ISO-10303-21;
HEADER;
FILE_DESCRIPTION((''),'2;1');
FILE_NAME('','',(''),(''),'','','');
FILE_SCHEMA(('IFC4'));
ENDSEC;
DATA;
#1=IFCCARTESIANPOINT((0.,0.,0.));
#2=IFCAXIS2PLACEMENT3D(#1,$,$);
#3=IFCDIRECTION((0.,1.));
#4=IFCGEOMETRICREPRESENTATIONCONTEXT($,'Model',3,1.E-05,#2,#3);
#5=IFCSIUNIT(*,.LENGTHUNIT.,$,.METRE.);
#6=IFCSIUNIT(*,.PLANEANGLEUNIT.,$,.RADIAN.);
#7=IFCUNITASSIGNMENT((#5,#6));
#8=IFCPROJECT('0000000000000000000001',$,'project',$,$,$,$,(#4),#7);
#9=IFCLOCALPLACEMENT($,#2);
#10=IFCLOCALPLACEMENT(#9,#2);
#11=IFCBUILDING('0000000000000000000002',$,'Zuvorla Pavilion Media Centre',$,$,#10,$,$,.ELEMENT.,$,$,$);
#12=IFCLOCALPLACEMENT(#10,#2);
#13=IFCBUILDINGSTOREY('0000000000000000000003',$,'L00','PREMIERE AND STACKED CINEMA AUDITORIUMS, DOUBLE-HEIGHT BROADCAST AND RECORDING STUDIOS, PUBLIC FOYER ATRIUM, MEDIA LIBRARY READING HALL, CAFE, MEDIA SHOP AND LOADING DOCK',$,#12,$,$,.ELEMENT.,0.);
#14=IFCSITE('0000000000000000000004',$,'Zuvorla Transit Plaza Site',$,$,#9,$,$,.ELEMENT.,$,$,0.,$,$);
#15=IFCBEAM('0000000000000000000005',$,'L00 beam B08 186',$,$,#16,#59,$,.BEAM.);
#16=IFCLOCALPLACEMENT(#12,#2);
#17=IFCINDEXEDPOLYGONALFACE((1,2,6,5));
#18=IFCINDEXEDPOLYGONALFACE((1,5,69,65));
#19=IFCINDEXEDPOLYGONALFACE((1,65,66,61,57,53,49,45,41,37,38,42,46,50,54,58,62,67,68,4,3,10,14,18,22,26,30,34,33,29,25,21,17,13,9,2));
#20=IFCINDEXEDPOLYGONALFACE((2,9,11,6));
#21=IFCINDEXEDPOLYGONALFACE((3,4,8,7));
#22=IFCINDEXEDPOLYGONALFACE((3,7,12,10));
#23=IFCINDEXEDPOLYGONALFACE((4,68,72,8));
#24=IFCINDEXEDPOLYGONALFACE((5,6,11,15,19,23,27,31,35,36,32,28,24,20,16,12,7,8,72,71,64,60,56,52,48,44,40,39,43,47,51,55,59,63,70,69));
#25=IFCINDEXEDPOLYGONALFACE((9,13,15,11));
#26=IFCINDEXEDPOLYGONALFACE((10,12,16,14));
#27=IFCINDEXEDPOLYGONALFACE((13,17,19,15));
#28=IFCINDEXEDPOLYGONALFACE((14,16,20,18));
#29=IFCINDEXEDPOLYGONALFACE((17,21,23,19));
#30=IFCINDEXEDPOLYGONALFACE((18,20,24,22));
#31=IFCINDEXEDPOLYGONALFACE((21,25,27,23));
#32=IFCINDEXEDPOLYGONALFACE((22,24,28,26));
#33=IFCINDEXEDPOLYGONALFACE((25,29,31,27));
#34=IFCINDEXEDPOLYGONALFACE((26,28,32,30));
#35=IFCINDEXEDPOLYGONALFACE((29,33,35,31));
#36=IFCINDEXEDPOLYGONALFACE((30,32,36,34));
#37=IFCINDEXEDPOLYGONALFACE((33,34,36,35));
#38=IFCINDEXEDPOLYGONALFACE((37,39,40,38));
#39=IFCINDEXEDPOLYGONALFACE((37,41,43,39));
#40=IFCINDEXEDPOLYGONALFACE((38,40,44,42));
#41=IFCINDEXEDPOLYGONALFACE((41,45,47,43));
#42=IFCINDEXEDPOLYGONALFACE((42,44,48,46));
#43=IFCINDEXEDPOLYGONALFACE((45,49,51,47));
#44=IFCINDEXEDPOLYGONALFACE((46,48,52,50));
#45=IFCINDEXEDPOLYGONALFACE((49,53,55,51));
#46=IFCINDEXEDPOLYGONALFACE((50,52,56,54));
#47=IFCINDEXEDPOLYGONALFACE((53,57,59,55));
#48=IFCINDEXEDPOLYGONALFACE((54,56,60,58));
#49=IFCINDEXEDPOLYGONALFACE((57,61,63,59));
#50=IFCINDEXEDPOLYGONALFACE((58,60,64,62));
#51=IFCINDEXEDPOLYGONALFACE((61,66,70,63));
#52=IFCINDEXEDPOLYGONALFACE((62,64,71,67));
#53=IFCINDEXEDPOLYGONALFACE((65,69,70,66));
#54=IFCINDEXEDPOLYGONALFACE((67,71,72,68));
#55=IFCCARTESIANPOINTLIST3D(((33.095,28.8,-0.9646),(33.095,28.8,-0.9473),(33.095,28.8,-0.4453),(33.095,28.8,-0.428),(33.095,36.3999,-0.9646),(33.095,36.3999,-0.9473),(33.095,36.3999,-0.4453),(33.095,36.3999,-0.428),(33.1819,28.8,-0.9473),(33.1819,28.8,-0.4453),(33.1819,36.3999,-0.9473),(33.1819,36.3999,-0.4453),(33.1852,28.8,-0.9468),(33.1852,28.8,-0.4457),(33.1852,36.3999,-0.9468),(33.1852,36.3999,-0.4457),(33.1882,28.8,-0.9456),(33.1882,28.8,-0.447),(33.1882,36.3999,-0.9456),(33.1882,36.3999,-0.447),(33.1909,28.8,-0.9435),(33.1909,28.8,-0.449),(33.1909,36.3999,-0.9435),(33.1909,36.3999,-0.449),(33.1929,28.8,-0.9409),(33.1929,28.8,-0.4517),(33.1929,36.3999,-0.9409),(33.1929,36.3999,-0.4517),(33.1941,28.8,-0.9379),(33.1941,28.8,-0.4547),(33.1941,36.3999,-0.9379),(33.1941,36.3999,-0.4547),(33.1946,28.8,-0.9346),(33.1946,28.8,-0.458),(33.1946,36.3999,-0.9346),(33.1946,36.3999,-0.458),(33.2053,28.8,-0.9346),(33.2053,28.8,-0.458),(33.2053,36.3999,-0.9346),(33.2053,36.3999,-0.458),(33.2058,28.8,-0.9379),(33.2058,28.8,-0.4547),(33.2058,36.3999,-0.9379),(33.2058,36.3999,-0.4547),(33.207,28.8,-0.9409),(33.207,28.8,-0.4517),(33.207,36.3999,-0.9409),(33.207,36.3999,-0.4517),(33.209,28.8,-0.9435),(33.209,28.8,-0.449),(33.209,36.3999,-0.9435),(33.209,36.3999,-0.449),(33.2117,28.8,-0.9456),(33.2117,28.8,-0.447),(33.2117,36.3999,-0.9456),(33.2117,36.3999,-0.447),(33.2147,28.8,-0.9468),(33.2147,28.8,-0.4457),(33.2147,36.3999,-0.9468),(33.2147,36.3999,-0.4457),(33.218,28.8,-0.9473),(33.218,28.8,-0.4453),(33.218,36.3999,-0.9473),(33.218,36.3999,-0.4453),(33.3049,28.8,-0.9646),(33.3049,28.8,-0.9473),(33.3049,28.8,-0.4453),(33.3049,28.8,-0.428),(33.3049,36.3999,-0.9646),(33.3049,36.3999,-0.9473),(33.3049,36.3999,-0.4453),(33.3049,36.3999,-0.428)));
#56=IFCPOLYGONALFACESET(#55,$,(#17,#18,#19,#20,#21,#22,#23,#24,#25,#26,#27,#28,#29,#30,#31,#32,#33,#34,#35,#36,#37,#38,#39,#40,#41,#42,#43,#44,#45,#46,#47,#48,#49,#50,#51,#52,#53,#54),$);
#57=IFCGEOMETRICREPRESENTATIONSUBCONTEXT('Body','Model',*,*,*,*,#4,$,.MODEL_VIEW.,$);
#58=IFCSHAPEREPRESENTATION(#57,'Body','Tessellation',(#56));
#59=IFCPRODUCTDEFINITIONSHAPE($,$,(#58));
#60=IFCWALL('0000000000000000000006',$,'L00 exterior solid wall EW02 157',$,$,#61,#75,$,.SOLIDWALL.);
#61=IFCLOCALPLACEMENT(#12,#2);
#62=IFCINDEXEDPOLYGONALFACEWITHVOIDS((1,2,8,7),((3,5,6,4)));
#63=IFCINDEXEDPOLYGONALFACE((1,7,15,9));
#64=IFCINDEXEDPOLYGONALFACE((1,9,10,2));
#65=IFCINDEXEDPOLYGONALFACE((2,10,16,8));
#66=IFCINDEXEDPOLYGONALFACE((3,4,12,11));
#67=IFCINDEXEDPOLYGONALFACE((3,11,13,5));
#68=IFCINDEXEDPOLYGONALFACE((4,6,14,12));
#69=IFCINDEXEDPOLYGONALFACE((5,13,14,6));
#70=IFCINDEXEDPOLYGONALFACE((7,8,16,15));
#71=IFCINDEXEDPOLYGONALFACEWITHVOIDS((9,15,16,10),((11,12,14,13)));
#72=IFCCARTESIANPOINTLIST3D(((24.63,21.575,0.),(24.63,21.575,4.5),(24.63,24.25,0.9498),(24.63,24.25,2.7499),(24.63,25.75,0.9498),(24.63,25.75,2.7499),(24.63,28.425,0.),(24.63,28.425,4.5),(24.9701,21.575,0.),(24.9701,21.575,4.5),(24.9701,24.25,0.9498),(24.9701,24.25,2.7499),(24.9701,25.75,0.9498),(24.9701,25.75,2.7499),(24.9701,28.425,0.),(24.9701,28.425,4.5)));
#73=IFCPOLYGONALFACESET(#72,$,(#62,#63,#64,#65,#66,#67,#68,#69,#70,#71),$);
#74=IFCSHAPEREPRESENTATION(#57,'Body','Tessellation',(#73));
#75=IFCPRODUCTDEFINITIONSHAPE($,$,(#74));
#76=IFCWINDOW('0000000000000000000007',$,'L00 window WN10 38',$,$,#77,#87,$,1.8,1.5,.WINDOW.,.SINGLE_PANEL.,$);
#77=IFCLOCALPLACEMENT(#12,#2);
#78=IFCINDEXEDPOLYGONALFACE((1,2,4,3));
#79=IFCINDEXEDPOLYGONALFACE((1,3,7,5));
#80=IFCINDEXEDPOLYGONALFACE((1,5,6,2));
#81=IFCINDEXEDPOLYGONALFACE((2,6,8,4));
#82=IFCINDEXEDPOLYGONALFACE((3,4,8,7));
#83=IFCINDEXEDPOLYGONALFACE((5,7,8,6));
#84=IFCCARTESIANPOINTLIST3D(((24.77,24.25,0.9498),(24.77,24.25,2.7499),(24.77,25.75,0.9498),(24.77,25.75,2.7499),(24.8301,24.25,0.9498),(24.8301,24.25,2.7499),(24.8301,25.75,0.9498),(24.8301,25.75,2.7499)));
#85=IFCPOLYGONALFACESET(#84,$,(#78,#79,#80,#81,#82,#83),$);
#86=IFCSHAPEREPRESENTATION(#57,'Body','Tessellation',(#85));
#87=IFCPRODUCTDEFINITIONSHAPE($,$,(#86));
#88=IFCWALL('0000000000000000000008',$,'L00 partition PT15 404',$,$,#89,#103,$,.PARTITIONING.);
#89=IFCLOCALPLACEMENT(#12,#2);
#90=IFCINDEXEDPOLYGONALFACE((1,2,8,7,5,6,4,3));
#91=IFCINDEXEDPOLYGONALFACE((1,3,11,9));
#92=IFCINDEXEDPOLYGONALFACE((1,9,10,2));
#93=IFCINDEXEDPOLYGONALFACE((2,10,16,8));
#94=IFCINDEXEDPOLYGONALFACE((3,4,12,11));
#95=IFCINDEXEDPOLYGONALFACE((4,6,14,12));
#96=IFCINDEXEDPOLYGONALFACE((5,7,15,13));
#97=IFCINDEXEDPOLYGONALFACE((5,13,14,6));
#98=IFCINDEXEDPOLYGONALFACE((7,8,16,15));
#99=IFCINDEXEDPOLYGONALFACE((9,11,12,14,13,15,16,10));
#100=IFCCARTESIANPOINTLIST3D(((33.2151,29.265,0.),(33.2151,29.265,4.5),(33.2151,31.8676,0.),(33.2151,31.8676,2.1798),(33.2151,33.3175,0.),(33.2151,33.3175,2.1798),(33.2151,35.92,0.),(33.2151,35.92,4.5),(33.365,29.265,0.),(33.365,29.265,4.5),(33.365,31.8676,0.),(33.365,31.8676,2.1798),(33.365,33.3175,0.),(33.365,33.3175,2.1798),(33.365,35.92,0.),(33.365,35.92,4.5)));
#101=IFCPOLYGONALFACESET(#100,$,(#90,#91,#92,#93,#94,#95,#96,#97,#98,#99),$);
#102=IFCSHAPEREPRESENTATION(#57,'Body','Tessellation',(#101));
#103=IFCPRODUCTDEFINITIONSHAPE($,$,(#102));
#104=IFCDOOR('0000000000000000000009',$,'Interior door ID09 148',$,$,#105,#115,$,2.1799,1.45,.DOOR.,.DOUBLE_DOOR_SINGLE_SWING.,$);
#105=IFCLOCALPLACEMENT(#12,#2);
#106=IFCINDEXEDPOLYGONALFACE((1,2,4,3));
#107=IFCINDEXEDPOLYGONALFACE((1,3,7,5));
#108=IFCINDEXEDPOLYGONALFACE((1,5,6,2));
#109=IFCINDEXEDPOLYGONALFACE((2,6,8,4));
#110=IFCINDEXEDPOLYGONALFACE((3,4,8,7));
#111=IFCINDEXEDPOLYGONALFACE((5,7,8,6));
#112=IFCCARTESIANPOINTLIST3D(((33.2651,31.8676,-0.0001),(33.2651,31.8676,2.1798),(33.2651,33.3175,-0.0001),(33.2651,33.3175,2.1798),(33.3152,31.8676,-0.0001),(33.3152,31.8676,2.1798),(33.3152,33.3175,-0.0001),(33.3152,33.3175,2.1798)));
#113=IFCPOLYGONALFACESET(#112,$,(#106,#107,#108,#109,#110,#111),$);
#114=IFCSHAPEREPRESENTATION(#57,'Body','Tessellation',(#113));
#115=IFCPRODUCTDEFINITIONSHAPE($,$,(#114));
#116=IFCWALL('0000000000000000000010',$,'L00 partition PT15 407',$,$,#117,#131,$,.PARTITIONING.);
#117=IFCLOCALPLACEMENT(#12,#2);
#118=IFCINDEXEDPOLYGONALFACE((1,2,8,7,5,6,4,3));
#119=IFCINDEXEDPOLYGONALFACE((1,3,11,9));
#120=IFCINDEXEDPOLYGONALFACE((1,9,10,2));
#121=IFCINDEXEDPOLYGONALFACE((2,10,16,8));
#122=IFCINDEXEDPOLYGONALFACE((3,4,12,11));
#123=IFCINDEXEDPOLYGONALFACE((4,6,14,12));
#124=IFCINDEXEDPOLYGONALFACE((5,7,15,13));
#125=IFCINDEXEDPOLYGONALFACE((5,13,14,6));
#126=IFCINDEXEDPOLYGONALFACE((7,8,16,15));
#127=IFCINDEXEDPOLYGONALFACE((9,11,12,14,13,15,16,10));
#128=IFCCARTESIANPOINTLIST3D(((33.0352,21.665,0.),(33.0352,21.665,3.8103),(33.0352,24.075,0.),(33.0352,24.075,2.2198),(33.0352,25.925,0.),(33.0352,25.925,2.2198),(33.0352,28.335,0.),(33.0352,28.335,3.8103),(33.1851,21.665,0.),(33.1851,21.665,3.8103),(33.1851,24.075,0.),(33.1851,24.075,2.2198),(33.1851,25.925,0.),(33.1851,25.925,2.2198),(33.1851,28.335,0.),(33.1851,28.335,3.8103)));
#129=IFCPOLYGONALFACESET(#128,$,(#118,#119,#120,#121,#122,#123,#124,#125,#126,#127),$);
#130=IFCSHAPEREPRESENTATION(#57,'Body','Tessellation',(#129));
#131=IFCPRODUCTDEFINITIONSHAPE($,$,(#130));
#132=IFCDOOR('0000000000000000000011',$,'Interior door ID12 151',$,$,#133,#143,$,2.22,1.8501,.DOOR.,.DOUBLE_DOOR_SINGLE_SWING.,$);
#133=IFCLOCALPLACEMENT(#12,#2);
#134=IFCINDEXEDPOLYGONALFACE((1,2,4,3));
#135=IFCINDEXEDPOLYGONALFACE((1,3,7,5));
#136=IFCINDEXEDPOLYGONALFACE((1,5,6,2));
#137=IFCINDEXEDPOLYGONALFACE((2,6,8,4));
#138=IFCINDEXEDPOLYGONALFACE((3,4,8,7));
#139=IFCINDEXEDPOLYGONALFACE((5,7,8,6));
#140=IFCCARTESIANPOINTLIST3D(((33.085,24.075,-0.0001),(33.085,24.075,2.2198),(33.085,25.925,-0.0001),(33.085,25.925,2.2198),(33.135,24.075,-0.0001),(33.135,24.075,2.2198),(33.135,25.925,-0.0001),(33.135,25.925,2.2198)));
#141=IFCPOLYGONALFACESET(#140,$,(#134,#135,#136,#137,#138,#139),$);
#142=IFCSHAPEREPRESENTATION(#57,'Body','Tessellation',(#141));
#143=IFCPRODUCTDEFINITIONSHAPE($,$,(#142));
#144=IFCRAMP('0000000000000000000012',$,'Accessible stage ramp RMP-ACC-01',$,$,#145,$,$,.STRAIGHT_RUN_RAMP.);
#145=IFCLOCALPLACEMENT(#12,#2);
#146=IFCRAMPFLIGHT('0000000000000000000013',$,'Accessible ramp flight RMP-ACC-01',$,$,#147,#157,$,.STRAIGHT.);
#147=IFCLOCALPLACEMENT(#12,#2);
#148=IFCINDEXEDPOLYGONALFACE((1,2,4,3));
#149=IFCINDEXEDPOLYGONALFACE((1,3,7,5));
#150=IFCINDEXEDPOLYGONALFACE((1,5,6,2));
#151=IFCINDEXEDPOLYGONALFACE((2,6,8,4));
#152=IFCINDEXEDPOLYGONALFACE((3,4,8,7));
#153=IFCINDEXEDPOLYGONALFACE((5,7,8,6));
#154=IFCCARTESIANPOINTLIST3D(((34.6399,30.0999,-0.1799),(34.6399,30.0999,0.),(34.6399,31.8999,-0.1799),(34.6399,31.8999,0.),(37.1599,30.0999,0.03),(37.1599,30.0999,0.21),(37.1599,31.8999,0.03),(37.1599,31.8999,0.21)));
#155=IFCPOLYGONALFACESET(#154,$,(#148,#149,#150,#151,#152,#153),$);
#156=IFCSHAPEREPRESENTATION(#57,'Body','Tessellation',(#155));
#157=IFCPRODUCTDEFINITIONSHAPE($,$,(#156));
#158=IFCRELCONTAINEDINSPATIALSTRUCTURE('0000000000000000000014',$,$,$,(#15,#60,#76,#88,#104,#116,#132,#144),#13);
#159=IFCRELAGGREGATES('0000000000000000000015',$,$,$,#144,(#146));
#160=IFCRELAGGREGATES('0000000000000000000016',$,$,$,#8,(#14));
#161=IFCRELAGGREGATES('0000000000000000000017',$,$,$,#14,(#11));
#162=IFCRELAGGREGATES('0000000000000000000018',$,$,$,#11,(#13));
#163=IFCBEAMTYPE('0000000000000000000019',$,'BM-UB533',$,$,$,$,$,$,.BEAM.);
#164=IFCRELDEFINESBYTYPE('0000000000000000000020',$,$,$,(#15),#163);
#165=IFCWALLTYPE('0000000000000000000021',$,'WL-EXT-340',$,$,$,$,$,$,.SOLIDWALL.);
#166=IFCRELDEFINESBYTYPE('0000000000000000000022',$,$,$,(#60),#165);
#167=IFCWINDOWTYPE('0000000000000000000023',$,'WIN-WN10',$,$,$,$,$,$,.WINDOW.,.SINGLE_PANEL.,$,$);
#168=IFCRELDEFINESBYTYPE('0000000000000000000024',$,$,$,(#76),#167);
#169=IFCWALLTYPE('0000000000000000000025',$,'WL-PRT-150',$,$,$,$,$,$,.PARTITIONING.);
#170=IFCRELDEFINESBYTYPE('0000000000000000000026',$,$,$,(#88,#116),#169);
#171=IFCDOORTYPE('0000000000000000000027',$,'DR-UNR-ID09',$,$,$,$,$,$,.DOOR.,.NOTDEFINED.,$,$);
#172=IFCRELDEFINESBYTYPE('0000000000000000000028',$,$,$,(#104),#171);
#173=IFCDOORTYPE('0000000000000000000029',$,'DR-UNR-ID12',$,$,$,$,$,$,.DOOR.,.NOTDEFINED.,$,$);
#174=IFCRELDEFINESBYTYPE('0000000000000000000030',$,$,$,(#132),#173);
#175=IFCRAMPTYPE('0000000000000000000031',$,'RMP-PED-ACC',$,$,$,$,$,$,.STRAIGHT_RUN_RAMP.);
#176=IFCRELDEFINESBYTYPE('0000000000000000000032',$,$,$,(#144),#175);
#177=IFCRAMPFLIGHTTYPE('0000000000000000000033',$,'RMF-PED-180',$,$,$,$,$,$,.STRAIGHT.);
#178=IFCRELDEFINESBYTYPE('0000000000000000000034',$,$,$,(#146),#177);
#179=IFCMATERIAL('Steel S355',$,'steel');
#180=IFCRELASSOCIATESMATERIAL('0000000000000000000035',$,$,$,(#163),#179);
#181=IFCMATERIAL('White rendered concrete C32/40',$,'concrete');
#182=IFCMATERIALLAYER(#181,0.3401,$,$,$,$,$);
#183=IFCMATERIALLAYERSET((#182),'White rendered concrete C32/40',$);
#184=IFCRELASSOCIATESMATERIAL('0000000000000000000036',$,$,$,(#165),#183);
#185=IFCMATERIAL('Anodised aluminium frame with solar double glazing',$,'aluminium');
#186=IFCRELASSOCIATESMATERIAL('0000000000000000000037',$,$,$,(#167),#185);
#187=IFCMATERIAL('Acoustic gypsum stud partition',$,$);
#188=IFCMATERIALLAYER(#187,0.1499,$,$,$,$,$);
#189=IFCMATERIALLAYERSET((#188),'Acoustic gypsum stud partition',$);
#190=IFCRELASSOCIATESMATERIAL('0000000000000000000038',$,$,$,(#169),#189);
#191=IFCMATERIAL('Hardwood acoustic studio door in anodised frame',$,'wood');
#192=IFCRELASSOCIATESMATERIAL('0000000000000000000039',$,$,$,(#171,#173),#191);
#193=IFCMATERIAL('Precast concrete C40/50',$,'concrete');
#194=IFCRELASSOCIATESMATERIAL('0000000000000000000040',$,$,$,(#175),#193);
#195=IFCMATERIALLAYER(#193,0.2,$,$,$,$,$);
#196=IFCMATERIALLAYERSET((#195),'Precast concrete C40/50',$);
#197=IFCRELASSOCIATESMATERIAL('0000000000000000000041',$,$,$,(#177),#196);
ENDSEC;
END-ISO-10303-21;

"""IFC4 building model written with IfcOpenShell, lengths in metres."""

from ifc_helpers import new_model, si_unit, direction, frame, frame_2d, origin, origin_2d, place, context, subcontext, project, spatial, polyline, rectangle, i_section, outline, extrude, material, layer, layer_set, material_profile, profile_set, type_object, element, fill, aggregate, save


model = new_model("IFC4")

# Units and contexts
model_context = context("Model", 3, precision=1e-05, world=origin(), true_north=direction((0.0, 1.0)))
body_context = subcontext(model_context, "Body", "Model", "MODEL_VIEW")
ifc_project = project(units=[si_unit("LENGTHUNIT", "METRE"), si_unit("PLANEANGLEUNIT", "RADIAN")], contexts=[model_context])

# Site, building, storey
site_placement = place(None, origin())
site = spatial("IfcSite", under=ifc_project, at=site_placement, Name="Zuvorla Transit Plaza Site", CompositionType="ELEMENT", RefElevation=0.0)
building_placement = place(site_placement, origin())
building = spatial("IfcBuilding", under=site, at=building_placement, Name="Zuvorla Pavilion Media Centre", CompositionType="ELEMENT")
storey_placement = place(building_placement, origin())
storey = spatial("IfcBuildingStorey", under=building, at=storey_placement, Name="L00", Description="PREMIERE AND STACKED CINEMA AUDITORIUMS, DOUBLE-HEIGHT BROADCAST AND RECORDING STUDIOS, PUBLIC FOYER ATRIUM, MEDIA LIBRARY READING HALL, CAFE, MEDIA SHOP AND LOADING DOCK", CompositionType="ELEMENT", Elevation=0.0)

# Beam
ifc_material_1 = material(Name="Steel S355", Category="steel")
ifc_material_profile_1 = material_profile(ifc_material_1, i_section(OverallWidth=0.21, OverallDepth=0.5366, WebThickness=0.0107, FlangeThickness=0.0173, FilletRadius=0.0127, at=origin_2d()), Name="UB 533x210x101")
ifc_profile_set_1 = profile_set([ifc_material_profile_1], Name="Steel S355")
beam_type_1 = type_object("IfcBeamType", Name="BM-UB533", PredefinedType="BEAM", material=ifc_profile_set_1)
for number, where, z_axis, x_axis, name in (
    (1, (33.2, 28.8, -0.6963), (0.0, 1.0, 0.0), (-1.0, 0.0, 0.0), "L00 beam B08 186"),
):
    element("IfcBeam", number, at=place(storey_placement, frame(where, z_axis=z_axis, x_axis=x_axis)), inside=storey, type_object=beam_type_1, Name=name, PredefinedType="BEAM", context=body_context, shape_type="SweptSolid", body=[
        extrude(i_section(OverallWidth=0.21, OverallDepth=0.5366, WebThickness=0.0107, FlangeThickness=0.0173, FilletRadius=0.0127, at=origin_2d()), origin(), (0.0, 0.0, 1.0), 7.5999),
    ])

# Shared definitions
ifc_material_2 = material(Name="White rendered concrete C32/40", Category="concrete")
ifc_layer_1 = layer(ifc_material_2, 0.3401)
ifc_layer_set_1 = layer_set([ifc_layer_1], Name="White rendered concrete C32/40")
wall_type_1 = type_object("IfcWallType", Name="WL-EXT-340", PredefinedType="SOLIDWALL", material=ifc_layer_set_1)

# Wall, opening, window
wall_1_placement = place(storey_placement, frame((24.8, 28.425, 0.0), z_axis=(0.0, 0.0, 1.0), x_axis=(0.0, -1.0, 0.0)))
wall_1 = element("IfcWall", 2, at=wall_1_placement, inside=storey, type_object=wall_type_1, Name="L00 exterior solid wall EW02 157", PredefinedType="SOLIDWALL", context=body_context, shape_type="SweptSolid", body=[
    extrude(rectangle(XDim=6.8501, YDim=0.3401, at=frame_2d((3.425, 0.0))), origin(), (0.0, 0.0, 1.0), 4.5),
])
opening_1_placement = place(wall_1_placement, frame((2.675, 0.0, 0.95)))
opening_1 = element("IfcOpeningElement", 3, at=opening_1_placement, cuts=wall_1, PredefinedType="OPENING", context=body_context, shape_type="SweptSolid", body=[
    extrude(rectangle(XDim=1.5, YDim=1.8, at=frame_2d((0.75, 0.8999))), frame((0.0, 0.1799, 0.0), z_axis=(0.0, -1.0, 0.0), x_axis=(1.0, 0.0, 0.0)), (0.0, 0.0, 1.0), 0.3601),
])
ifc_material_3 = material(Name="Anodised aluminium frame with solar double glazing", Category="aluminium")
window_type = type_object("IfcWindowType", Name="WIN-WN10", PartitioningType="SINGLE_PANEL", PredefinedType="WINDOW", material=ifc_material_3)
window_placement = place(opening_1_placement, origin())
window = element("IfcWindow", 4, at=window_placement, inside=storey, type_object=window_type, Name="L00 window WN10 38", OverallHeight=1.8, OverallWidth=1.5, PartitioningType="SINGLE_PANEL", PredefinedType="WINDOW", context=body_context, shape_type="SweptSolid", body=[
    extrude(rectangle(XDim=1.5, YDim=1.8, at=frame_2d((0.75, 0.8999))), frame((0.0, 0.03, 0.0), z_axis=(0.0, -1.0, 0.0), x_axis=(1.0, 0.0, 0.0)), (0.0, 0.0, 1.0), 0.0601),
])
fill(opening_1, window)

# Walls, openings, doors
ifc_material_4 = material(Name="Acoustic gypsum stud partition")
ifc_layer_2 = layer(ifc_material_4, 0.1499)
ifc_layer_set_2 = layer_set([ifc_layer_2], Name="Acoustic gypsum stud partition")
wall_type_2 = type_object("IfcWallType", Name="WL-PRT-150", PredefinedType="PARTITIONING", material=ifc_layer_set_2)
wall_2_placement = place(storey_placement, frame((33.29, 29.2649, 0.0), z_axis=(0.0, 0.0, 1.0), x_axis=(0.0, 1.0, 0.0)))
wall_2 = element("IfcWall", 5, at=wall_2_placement, inside=storey, type_object=wall_type_2, Name="L00 partition PT15 404", PredefinedType="PARTITIONING", context=body_context, shape_type="SweptSolid", body=[
    extrude(rectangle(XDim=6.655, YDim=0.1499, at=frame_2d((3.3276, 0.0))), origin(), (0.0, 0.0, 1.0), 4.5),
])
opening_2_placement = place(wall_2_placement, frame((2.6025, 0.0, 0.0)))
opening_2 = element("IfcOpeningElement", 6, at=opening_2_placement, cuts=wall_2, PredefinedType="OPENING", context=body_context, shape_type="SweptSolid", body=[
    extrude(rectangle(XDim=1.45, YDim=2.1799, at=frame_2d((0.7251, 1.0898))), frame((0.0, 0.085, 0.0), z_axis=(0.0, -1.0, 0.0), x_axis=(1.0, 0.0, 0.0)), (0.0, 0.0, 1.0), 0.1699),
])
ifc_material_5 = material(Name="Hardwood acoustic studio door in anodised frame", Category="wood")
door_type_1 = type_object("IfcDoorType", Name="DR-UNR-ID09", OperationType="NOTDEFINED", PredefinedType="DOOR", material=ifc_material_5)
door_1_placement = place(opening_2_placement, origin())
door_1 = element("IfcDoor", 7, at=door_1_placement, inside=storey, type_object=door_type_1, Name="Interior door ID09 148", OperationType="DOUBLE_DOOR_SINGLE_SWING", OverallHeight=2.1799, OverallWidth=1.45, PredefinedType="DOOR", context=body_context, shape_type="SweptSolid", body=[
    extrude(rectangle(XDim=1.45, YDim=2.1799, at=frame_2d((0.7251, 1.0898))), frame((0.0, 0.0249, 0.0), z_axis=(0.0, -1.0, 0.0), x_axis=(1.0, 0.0, 0.0)), (0.0, 0.0, 1.0), 0.05),
])
fill(opening_2, door_1)
wall_3_placement = place(storey_placement, frame((33.1101, 28.335, 0.0), z_axis=(0.0, 0.0, 1.0), x_axis=(0.0, -1.0, 0.0)))
wall_3 = element("IfcWall", 8, at=wall_3_placement, inside=storey, type_object=wall_type_2, Name="L00 partition PT15 407", PredefinedType="PARTITIONING", context=body_context, shape_type="SweptSolid", body=[
    extrude(rectangle(XDim=6.6699, YDim=0.1499, at=frame_2d((3.335, 0.0))), origin(), (0.0, 0.0, 1.0), 3.8103),
])
opening_3_placement = place(wall_3_placement, frame((2.4099, 0.0, 0.0)))
opening_3 = element("IfcOpeningElement", 9, at=opening_3_placement, cuts=wall_3, PredefinedType="OPENING", context=body_context, shape_type="SweptSolid", body=[
    extrude(rectangle(XDim=1.8501, YDim=2.22, at=frame_2d((0.925, 1.1099))), frame((0.0, 0.085, 0.0), z_axis=(0.0, -1.0, 0.0), x_axis=(1.0, 0.0, 0.0)), (0.0, 0.0, 1.0), 0.1699),
])
door_type_2 = type_object("IfcDoorType", Name="DR-UNR-ID12", OperationType="NOTDEFINED", PredefinedType="DOOR", material=ifc_material_5)
door_2_placement = place(opening_3_placement, origin())
door_2 = element("IfcDoor", 10, at=door_2_placement, inside=storey, type_object=door_type_2, Name="Interior door ID12 151", OperationType="DOUBLE_DOOR_SINGLE_SWING", OverallHeight=2.22, OverallWidth=1.8501, PredefinedType="DOOR", context=body_context, shape_type="SweptSolid", body=[
    extrude(rectangle(XDim=1.8501, YDim=2.22, at=frame_2d((0.925, 1.1099))), frame((0.0, 0.0249, 0.0), z_axis=(0.0, -1.0, 0.0), x_axis=(1.0, 0.0, 0.0)), (0.0, 0.0, 1.0), 0.05),
])
fill(opening_3, door_2)

# Ramp, ramp flight
ifc_material_6 = material(Name="Precast concrete C40/50", Category="concrete")
ramp_type = type_object("IfcRampType", Name="RMP-PED-ACC", PredefinedType="STRAIGHT_RUN_RAMP", material=ifc_material_6)
ramp_placement = place(storey_placement, origin())
ramp = element("IfcRamp", 11, at=ramp_placement, inside=storey, type_object=ramp_type, Name="Accessible stage ramp RMP-ACC-01", PredefinedType="STRAIGHT_RUN_RAMP")
ifc_layer_3 = layer(ifc_material_6, 0.2)
ifc_layer_set_3 = layer_set([ifc_layer_3], Name="Precast concrete C40/50")
ramp_flight_type = type_object("IfcRampFlightType", Name="RMF-PED-180", PredefinedType="STRAIGHT", material=ifc_layer_set_3)
ramp_flight_placement = place(storey_placement, frame((34.6399, 31.0, 0.0), z_axis=(0.0, 0.0, 1.0), x_axis=(1.0, 0.0, 0.0)))
ramp_flight = element("IfcRampFlight", 12, at=ramp_flight_placement, type_object=ramp_flight_type, Name="Accessible ramp flight RMP-ACC-01", PredefinedType="STRAIGHT", context=body_context, shape_type="SweptSolid", body=[
    extrude(outline(polyline([(0.0, 0.0), (2.52, 0.21), (2.52, 0.03), (0.0, -0.1799), (0.0, 0.0)])), frame((0.0, 0.8999, 0.0), z_axis=(0.0, -1.0, 0.0), x_axis=(1.0, 0.0, 0.0)), (0.0, 0.0, 1.0), 1.8),
])
aggregate(ramp, [ramp_flight])

save(model, "model.ifc")
